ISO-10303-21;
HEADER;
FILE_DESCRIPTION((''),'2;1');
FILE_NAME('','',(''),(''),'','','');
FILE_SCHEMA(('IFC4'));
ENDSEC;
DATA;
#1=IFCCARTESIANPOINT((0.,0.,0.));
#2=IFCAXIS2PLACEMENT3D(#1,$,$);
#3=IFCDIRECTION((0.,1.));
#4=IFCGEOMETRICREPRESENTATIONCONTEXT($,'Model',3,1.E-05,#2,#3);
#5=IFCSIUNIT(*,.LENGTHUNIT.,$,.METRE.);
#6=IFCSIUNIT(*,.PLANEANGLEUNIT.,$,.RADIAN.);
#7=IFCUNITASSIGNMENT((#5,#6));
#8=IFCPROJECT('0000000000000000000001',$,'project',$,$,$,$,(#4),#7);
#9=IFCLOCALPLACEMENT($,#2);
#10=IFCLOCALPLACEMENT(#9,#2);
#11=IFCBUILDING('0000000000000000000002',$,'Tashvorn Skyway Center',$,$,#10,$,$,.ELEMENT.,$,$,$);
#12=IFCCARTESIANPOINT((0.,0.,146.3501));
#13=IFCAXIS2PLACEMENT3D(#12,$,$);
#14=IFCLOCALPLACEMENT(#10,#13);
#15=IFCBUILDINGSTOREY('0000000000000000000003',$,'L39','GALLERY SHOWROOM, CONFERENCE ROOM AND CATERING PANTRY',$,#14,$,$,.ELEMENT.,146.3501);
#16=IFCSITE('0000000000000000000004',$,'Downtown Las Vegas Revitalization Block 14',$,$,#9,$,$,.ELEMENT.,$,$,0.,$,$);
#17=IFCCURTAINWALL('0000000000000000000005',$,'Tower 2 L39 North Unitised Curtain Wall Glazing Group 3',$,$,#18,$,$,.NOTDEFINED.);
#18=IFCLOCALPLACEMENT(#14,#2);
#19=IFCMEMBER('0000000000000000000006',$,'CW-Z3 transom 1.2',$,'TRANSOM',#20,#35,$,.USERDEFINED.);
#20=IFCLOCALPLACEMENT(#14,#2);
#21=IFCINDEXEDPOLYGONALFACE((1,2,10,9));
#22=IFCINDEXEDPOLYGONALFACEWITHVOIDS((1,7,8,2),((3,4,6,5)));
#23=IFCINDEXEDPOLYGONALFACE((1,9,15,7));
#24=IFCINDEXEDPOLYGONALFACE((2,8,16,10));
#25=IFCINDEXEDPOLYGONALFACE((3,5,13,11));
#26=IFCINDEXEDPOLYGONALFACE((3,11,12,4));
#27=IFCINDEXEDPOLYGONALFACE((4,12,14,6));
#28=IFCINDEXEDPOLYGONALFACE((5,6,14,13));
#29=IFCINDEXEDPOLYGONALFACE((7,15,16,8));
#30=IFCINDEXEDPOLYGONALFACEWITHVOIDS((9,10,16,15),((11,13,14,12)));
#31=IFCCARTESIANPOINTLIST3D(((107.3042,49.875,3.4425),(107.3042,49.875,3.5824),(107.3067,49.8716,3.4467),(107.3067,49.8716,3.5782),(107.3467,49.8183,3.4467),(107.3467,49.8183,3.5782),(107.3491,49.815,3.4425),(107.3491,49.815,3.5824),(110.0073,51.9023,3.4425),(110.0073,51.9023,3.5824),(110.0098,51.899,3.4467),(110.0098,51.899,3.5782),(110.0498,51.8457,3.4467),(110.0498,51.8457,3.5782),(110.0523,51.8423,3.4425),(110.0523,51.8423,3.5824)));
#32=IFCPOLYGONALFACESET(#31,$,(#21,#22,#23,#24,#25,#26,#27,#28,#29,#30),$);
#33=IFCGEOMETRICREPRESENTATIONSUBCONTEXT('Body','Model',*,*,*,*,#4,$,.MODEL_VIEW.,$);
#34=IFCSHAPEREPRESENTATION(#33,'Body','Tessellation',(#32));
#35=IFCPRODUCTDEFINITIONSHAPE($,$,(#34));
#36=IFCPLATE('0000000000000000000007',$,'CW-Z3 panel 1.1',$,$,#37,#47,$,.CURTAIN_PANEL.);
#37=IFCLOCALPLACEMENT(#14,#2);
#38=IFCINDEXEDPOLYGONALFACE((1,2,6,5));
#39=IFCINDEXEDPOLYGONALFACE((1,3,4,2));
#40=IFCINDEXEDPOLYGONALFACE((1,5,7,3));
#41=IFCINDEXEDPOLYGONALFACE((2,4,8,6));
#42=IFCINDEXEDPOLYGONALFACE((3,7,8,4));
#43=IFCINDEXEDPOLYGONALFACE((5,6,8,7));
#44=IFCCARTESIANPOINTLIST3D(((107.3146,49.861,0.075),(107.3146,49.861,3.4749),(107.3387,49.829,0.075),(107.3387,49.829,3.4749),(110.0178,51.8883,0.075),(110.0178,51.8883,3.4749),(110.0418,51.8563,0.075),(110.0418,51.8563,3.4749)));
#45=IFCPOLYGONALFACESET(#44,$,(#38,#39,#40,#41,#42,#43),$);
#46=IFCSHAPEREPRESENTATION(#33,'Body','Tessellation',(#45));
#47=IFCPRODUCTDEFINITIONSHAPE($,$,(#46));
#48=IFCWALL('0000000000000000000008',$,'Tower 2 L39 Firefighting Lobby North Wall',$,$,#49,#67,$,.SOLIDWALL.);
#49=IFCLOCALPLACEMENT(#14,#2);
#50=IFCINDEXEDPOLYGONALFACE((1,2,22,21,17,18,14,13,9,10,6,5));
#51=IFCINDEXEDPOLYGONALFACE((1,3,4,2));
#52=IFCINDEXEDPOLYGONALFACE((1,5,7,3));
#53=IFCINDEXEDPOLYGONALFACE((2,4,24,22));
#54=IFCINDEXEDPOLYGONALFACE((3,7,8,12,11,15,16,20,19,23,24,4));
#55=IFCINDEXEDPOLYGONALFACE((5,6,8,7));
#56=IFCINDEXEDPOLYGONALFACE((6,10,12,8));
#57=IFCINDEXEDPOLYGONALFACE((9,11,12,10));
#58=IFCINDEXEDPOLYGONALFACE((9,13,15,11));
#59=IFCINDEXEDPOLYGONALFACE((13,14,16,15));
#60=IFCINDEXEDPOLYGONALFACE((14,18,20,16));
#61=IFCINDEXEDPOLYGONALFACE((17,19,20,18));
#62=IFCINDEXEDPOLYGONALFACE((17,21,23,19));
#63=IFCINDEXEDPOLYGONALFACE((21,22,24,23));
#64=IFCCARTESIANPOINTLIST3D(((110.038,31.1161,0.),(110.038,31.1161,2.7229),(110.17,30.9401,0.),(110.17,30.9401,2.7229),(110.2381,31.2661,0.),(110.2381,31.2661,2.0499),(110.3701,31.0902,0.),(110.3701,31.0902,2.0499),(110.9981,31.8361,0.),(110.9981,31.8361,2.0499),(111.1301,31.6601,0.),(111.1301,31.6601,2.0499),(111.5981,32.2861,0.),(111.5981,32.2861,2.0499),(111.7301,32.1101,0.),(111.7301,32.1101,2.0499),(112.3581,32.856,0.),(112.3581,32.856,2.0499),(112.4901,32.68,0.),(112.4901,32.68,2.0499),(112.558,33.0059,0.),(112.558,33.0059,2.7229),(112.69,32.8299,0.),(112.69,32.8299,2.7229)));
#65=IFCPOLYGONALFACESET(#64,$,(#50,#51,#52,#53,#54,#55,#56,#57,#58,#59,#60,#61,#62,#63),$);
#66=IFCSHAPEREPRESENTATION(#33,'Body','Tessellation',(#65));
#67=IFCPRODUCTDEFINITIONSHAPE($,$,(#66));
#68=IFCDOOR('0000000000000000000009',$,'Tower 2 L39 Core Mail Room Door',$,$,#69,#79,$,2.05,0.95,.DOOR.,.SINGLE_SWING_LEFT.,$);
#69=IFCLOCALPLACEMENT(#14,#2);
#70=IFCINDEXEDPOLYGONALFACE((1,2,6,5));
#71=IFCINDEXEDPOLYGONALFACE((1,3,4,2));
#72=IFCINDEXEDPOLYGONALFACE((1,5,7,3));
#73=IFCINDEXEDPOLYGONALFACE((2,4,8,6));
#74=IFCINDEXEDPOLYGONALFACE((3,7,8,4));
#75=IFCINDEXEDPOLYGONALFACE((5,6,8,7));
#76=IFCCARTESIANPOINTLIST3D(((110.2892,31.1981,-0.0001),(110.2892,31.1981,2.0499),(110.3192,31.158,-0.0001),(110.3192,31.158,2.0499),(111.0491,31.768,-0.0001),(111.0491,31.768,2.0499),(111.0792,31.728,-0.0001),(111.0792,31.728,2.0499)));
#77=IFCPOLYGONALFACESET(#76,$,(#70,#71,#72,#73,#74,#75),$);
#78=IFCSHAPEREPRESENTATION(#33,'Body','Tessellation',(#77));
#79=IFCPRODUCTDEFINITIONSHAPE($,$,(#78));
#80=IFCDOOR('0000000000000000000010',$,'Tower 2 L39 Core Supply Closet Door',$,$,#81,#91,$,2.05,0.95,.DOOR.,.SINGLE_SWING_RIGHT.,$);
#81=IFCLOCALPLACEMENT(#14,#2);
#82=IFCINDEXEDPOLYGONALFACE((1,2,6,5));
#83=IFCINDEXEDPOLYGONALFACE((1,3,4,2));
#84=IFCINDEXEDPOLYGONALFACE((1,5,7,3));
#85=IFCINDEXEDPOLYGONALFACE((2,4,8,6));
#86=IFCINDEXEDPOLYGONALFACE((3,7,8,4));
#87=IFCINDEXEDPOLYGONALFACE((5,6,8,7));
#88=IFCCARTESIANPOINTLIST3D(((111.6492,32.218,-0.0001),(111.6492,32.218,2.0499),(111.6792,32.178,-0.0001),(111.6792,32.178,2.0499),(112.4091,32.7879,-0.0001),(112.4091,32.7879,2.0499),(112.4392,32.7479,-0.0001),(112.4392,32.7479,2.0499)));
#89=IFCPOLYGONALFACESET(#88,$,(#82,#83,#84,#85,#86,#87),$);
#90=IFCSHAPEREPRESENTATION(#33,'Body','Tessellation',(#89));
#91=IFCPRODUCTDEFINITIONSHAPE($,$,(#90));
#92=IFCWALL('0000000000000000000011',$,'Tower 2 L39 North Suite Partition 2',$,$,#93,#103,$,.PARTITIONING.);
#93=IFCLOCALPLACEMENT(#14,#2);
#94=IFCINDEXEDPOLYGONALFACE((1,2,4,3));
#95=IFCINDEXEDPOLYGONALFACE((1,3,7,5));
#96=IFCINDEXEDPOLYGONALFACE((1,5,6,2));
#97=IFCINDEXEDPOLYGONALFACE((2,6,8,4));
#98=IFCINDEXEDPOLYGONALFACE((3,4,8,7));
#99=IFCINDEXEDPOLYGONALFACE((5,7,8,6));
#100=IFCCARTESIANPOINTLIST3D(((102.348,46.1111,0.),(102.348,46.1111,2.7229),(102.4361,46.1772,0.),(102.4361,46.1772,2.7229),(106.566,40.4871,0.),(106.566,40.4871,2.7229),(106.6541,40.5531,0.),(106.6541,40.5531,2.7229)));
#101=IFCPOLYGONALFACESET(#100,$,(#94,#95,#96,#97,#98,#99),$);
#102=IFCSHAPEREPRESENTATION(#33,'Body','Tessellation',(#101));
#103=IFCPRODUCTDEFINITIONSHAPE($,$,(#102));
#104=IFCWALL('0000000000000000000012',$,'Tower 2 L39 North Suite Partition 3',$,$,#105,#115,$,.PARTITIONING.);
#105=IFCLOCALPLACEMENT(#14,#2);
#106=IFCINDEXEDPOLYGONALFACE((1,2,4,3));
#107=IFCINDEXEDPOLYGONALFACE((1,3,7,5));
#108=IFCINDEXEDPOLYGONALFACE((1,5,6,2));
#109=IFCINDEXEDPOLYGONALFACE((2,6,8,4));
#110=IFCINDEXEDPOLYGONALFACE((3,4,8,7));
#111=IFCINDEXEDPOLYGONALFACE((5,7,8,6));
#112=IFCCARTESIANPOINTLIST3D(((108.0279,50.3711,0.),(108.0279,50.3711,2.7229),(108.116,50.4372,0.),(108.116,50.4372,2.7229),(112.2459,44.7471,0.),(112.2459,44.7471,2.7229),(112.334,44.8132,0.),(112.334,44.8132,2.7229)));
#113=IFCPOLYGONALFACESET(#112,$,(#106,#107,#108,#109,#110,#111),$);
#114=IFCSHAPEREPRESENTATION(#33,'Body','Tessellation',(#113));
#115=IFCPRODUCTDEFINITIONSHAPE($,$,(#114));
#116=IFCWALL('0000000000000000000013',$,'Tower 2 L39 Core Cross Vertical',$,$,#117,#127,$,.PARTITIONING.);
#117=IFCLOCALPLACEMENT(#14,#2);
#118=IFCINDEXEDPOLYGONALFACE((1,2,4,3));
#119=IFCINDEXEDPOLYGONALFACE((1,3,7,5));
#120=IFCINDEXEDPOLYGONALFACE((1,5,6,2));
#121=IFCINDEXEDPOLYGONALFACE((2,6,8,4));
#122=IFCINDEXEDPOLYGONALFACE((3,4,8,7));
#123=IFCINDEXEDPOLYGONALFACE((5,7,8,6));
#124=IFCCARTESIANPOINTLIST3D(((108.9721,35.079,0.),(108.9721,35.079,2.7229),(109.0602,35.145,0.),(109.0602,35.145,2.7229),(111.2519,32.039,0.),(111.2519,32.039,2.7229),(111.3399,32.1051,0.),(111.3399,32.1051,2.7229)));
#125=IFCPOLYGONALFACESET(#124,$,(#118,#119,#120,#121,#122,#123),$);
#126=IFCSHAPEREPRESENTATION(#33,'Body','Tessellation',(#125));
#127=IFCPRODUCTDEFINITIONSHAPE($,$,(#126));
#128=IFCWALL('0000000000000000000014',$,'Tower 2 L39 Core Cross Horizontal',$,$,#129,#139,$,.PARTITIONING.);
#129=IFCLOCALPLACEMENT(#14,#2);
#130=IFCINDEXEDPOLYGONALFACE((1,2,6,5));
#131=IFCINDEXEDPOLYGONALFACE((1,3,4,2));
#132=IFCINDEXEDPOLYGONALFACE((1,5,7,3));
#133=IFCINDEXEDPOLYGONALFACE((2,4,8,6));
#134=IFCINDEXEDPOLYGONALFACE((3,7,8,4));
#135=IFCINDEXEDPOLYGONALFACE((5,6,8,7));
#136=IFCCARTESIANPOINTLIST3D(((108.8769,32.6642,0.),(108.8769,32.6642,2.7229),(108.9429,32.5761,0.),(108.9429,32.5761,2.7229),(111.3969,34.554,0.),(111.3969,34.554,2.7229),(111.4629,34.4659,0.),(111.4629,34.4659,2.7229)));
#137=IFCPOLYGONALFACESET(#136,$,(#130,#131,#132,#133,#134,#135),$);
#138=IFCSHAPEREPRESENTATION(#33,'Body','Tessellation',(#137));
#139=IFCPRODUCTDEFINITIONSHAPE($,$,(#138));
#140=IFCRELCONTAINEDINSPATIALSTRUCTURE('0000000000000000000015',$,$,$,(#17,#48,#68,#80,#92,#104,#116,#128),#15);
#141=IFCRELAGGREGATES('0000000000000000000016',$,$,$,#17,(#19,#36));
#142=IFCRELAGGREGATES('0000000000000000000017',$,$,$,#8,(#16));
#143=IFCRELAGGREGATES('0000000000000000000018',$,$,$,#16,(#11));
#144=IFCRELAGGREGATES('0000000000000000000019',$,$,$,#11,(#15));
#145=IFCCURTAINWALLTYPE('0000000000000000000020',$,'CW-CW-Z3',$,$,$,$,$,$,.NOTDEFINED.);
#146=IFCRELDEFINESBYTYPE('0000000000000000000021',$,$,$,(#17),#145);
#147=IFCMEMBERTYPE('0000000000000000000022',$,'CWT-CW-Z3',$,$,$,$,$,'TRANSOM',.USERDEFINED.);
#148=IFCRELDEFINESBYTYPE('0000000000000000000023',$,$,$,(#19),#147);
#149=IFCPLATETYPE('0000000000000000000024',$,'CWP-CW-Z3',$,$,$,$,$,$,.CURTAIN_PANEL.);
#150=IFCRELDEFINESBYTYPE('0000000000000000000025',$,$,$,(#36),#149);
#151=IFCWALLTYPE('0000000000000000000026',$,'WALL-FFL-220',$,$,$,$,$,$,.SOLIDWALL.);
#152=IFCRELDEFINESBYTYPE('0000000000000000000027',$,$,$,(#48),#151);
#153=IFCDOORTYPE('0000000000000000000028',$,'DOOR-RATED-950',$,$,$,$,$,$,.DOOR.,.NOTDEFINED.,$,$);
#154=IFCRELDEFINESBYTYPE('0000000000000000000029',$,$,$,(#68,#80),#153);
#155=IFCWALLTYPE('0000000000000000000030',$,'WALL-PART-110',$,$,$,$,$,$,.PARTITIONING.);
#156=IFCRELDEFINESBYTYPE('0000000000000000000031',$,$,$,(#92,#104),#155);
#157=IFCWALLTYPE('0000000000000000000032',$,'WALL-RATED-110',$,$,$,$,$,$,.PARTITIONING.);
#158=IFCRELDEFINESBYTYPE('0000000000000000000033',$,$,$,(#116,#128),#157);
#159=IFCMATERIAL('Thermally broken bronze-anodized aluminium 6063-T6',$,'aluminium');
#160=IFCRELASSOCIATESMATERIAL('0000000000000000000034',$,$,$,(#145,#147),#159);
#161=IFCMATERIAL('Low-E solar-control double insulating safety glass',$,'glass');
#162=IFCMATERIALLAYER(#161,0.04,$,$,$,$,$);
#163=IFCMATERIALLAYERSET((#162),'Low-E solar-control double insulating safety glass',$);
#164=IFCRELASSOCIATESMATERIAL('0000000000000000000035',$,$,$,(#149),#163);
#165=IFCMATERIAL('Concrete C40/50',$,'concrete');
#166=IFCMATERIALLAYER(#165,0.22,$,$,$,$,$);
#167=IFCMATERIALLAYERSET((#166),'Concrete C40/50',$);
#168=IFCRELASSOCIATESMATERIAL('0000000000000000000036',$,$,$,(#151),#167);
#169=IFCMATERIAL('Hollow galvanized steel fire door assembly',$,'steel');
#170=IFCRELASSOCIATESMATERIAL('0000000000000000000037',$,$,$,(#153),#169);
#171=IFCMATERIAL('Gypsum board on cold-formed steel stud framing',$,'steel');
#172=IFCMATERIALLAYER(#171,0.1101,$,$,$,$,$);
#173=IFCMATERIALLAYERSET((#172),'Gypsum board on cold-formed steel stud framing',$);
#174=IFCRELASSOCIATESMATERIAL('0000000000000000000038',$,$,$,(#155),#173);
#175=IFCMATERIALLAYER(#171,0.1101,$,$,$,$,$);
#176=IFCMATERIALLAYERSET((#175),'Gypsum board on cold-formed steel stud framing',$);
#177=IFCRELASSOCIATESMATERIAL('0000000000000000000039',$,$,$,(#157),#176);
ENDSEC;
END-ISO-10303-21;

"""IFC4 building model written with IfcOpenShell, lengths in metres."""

from ifc_helpers import new_model, si_unit, direction, frame, frame_2d, origin, origin_2d, place, context, subcontext, project, spatial, rectangle, hollow_rectangle, extrude, material, layer, layer_set, material_profile, profile_set, type_object, element, fill, aggregate, save


model = new_model("IFC4")

# Units and contexts
model_context = context("Model", 3, precision=1e-05, world=origin(), true_north=direction((0.0, 1.0)))
body_context = subcontext(model_context, "Body", "Model", "MODEL_VIEW")
ifc_project = project(units=[si_unit("LENGTHUNIT", "METRE"), si_unit("PLANEANGLEUNIT", "RADIAN")], contexts=[model_context])

# Site, building, storey
site_placement = place(None, origin())
site = spatial("IfcSite", under=ifc_project, at=site_placement, Name="Downtown Las Vegas Revitalization Block 14", CompositionType="ELEMENT", RefElevation=0.0)
building_placement = place(site_placement, origin())
building = spatial("IfcBuilding", under=site, at=building_placement, Name="Tashvorn Skyway Center", CompositionType="ELEMENT")
storey_placement = place(building_placement, frame((0.0, 0.0, 146.3501)))
storey = spatial("IfcBuildingStorey", under=building, at=storey_placement, Name="L39", Description="GALLERY SHOWROOM, CONFERENCE ROOM AND CATERING PANTRY", CompositionType="ELEMENT", Elevation=146.3501)

# Shared definitions
ifc_material_1 = material(Name="Thermally broken bronze-anodized aluminium 6063-T6", Category="aluminium")
curtain_wall_type = type_object("IfcCurtainWallType", Name="CW-CW-Z3", PredefinedType="NOTDEFINED", material=ifc_material_1)

# Curtain wall, member, plate
curtain_wall_1_placement = place(storey_placement, origin())
curtain_wall_1 = element("IfcCurtainWall", 1, at=curtain_wall_1_placement, inside=storey, type_object=curtain_wall_type, Name="Tower 2 L39 North Unitised Curtain Wall Glazing Group 3", PredefinedType="NOTDEFINED")
ifc_material_profile_1 = material_profile(ifc_material_1, hollow_rectangle(XDim=0.075, YDim=0.1399, WallThickness=0.0042, at=origin_2d()), Name="ALU-TRAN-75x140")
ifc_profile_set_1 = profile_set([ifc_material_profile_1], Name="Thermally broken bronze-anodized aluminium 6063-T6")
member_type_1 = type_object("IfcMemberType", Name="CWT-CW-Z3", ElementType="TRANSOM", PredefinedType="USERDEFINED", material=ifc_profile_set_1)
member_1_placement = place(storey_placement, frame((107.3267, 49.845, 3.5125), z_axis=(0.8, 0.6, 0.0), x_axis=(-0.6, 0.8, 0.0)))
member_1 = element("IfcMember", 2, at=member_1_placement, type_object=member_type_1, Name="CW-Z3 transom 1.2", ObjectType="TRANSOM", PredefinedType="USERDEFINED", context=body_context, shape_type="SweptSolid", body=[
    extrude(hollow_rectangle(XDim=0.075, YDim=0.1399, WallThickness=0.0042, at=origin_2d()), origin(), (0.0, 0.0, 1.0), 3.3789),
])
ifc_material_2 = material(Name="Low-E solar-control double insulating safety glass", Category="glass")
ifc_layer_1 = layer(ifc_material_2, 0.04)
ifc_layer_set_1 = layer_set([ifc_layer_1], Name="Low-E solar-control double insulating safety glass")
plate_type = type_object("IfcPlateType", Name="CWP-CW-Z3", PredefinedType="CURTAIN_PANEL", material=ifc_layer_set_1)
plate_placement = place(storey_placement, frame((108.6782, 50.8586, 0.075), z_axis=(0.0, 0.0, 1.0), x_axis=(0.800003, 0.599995, 0.0)))
plate = element("IfcPlate", 3, at=plate_placement, type_object=plate_type, Name="CW-Z3 panel 1.1", PredefinedType="CURTAIN_PANEL", context=body_context, shape_type="SweptSolid", body=[
    extrude(rectangle(XDim=3.3789, YDim=0.04, at=origin_2d()), origin(), (0.0, 0.0, 1.0), 3.3999),
])
aggregate(curtain_wall_1, [member_1, plate])

# Wall, openings, doors
ifc_material_3 = material(Name="Concrete C40/50", Category="concrete")
ifc_layer_2 = layer(ifc_material_3, 0.22)
ifc_layer_set_2 = layer_set([ifc_layer_2], Name="Concrete C40/50")
wall_type_1 = type_object("IfcWallType", Name="WALL-FFL-220", PredefinedType="SOLIDWALL", material=ifc_layer_set_2)
wall_1_placement = place(storey_placement, frame((110.104, 31.0281, 0.0), z_axis=(0.0, 0.0, 1.0), x_axis=(0.800019, 0.599975, 0.0)))
wall_1 = element("IfcWall", 4, at=wall_1_placement, inside=storey, type_object=wall_type_1, Name="Tower 2 L39 Firefighting Lobby North Wall", PredefinedType="SOLIDWALL", context=body_context, shape_type="SweptSolid", body=[
    extrude(rectangle(XDim=3.1499, YDim=0.22, at=frame_2d((1.575, 0.0))), origin(), (0.0, 0.0, 1.0), 2.7229),
])
opening_1_placement = place(wall_1_placement, frame((0.25, 0.0, 0.0)))
opening_1 = element("IfcOpeningElement", 5, at=opening_1_placement, cuts=wall_1, PredefinedType="OPENING", context=body_context, shape_type="SweptSolid", body=[
    extrude(rectangle(XDim=0.95, YDim=2.05, at=frame_2d((0.4751, 1.0249))), frame((0.0, 0.1199, 0.0), z_axis=(0.0, -1.0, 0.0), x_axis=(1.0, 0.0, 0.0)), (0.0, 0.0, 1.0), 0.24),
])
opening_2_placement = place(wall_1_placement, frame((1.95, 0.0, 0.0)))
opening_2 = element("IfcOpeningElement", 6, at=opening_2_placement, cuts=wall_1, PredefinedType="OPENING", context=body_context, shape_type="SweptSolid", body=[
    extrude(rectangle(XDim=0.95, YDim=2.05, at=frame_2d((0.4751, 1.0249))), frame((0.0, 0.1199, 0.0), z_axis=(0.0, -1.0, 0.0), x_axis=(1.0, 0.0, 0.0)), (0.0, 0.0, 1.0), 0.24),
])
ifc_material_4 = material(Name="Hollow galvanized steel fire door assembly", Category="steel")
door_type = type_object("IfcDoorType", Name="DOOR-RATED-950", OperationType="NOTDEFINED", PredefinedType="DOOR", material=ifc_material_4)
door_1_placement = place(opening_1_placement, origin())
door_1 = element("IfcDoor", 7, at=door_1_placement, inside=storey, type_object=door_type, Name="Tower 2 L39 Core Mail Room Door", OperationType="SINGLE_SWING_LEFT", OverallHeight=2.05, OverallWidth=0.95, PredefinedType="DOOR", context=body_context, shape_type="SweptSolid", body=[
    extrude(rectangle(XDim=0.95, YDim=2.05, at=frame_2d((0.4751, 1.0249))), frame((0.0, 0.0249, 0.0), z_axis=(0.0, -1.0, 0.0), x_axis=(1.0, 0.0, 0.0)), (0.0, 0.0, 1.0), 0.05),
])
fill(opening_1, door_1)
door_2_placement = place(opening_2_placement, origin())
door_2 = element("IfcDoor", 8, at=door_2_placement, inside=storey, type_object=door_type, Name="Tower 2 L39 Core Supply Closet Door", OperationType="SINGLE_SWING_RIGHT", OverallHeight=2.05, OverallWidth=0.95, PredefinedType="DOOR", context=body_context, shape_type="SweptSolid", body=[
    extrude(rectangle(XDim=0.95, YDim=2.05, at=frame_2d((0.4751, 1.0249))), frame((0.0, 0.0249, 0.0), z_axis=(0.0, -1.0, 0.0), x_axis=(1.0, 0.0, 0.0)), (0.0, 0.0, 1.0), 0.05),
])
fill(opening_2, door_2)

# Walls
ifc_material_5 = material(Name="Gypsum board on cold-formed steel stud framing", Category="steel")
ifc_layer_3 = layer(ifc_material_5, 0.1101)
ifc_layer_set_3 = layer_set([ifc_layer_3], Name="Gypsum board on cold-formed steel stud framing")
wall_type_2 = type_object("IfcWallType", Name="WALL-PART-110", PredefinedType="PARTITIONING", material=ifc_layer_set_3)
for number, where, z_axis, x_axis, name in (
    (9, (106.6101, 40.52, 0.0), (0.0, 0.0, 1.0), (-0.6, 0.8, 0.0), "Tower 2 L39 North Suite Partition 2"),
    (10, (112.29, 44.78, 0.0), (0.0, 0.0, 1.0), (-0.6, 0.8, 0.0), "Tower 2 L39 North Suite Partition 3"),
):
    element("IfcWall", number, at=place(storey_placement, frame(where, z_axis=z_axis, x_axis=x_axis)), inside=storey, type_object=wall_type_2, Name=name, PredefinedType="PARTITIONING", context=body_context, shape_type="SweptSolid", body=[
        extrude(rectangle(XDim=7.03, YDim=0.1101, at=frame_2d((3.5151, 0.0))), origin(), (0.0, 0.0, 1.0), 2.7229),
    ])
ifc_layer_4 = layer(ifc_material_5, 0.1101)
ifc_layer_set_4 = layer_set([ifc_layer_4], Name="Gypsum board on cold-formed steel stud framing")
wall_type_3 = type_object("IfcWallType", Name="WALL-RATED-110", PredefinedType="PARTITIONING", material=ifc_layer_set_4)
wall_2_placement = place(storey_placement, frame((111.2959, 32.072, 0.0), z_axis=(0.0, 0.0, 1.0), x_axis=(-0.599959, 0.800031, 0.0)))
element("IfcWall", 11, at=wall_2_placement, inside=storey, type_object=wall_type_3, Name="Tower 2 L39 Core Cross Vertical", PredefinedType="PARTITIONING", context=body_context, shape_type="SweptSolid", body=[
    extrude(rectangle(XDim=3.7998, YDim=0.1101, at=frame_2d((1.8999, 0.0))), origin(), (0.0, 0.0, 1.0), 2.7229),
])
wall_3_placement = place(storey_placement, frame((108.9099, 32.6201, 0.0), z_axis=(0.0, 0.0, 1.0), x_axis=(0.800019, 0.599975, 0.0)))
element("IfcWall", 12, at=wall_3_placement, inside=storey, type_object=wall_type_3, Name="Tower 2 L39 Core Cross Horizontal", PredefinedType="PARTITIONING", context=body_context, shape_type="SweptSolid", body=[
    extrude(rectangle(XDim=3.1499, YDim=0.1101, at=frame_2d((1.575, 0.0))), origin(), (0.0, 0.0, 1.0), 2.7229),
])

save(model, "model.ifc")
